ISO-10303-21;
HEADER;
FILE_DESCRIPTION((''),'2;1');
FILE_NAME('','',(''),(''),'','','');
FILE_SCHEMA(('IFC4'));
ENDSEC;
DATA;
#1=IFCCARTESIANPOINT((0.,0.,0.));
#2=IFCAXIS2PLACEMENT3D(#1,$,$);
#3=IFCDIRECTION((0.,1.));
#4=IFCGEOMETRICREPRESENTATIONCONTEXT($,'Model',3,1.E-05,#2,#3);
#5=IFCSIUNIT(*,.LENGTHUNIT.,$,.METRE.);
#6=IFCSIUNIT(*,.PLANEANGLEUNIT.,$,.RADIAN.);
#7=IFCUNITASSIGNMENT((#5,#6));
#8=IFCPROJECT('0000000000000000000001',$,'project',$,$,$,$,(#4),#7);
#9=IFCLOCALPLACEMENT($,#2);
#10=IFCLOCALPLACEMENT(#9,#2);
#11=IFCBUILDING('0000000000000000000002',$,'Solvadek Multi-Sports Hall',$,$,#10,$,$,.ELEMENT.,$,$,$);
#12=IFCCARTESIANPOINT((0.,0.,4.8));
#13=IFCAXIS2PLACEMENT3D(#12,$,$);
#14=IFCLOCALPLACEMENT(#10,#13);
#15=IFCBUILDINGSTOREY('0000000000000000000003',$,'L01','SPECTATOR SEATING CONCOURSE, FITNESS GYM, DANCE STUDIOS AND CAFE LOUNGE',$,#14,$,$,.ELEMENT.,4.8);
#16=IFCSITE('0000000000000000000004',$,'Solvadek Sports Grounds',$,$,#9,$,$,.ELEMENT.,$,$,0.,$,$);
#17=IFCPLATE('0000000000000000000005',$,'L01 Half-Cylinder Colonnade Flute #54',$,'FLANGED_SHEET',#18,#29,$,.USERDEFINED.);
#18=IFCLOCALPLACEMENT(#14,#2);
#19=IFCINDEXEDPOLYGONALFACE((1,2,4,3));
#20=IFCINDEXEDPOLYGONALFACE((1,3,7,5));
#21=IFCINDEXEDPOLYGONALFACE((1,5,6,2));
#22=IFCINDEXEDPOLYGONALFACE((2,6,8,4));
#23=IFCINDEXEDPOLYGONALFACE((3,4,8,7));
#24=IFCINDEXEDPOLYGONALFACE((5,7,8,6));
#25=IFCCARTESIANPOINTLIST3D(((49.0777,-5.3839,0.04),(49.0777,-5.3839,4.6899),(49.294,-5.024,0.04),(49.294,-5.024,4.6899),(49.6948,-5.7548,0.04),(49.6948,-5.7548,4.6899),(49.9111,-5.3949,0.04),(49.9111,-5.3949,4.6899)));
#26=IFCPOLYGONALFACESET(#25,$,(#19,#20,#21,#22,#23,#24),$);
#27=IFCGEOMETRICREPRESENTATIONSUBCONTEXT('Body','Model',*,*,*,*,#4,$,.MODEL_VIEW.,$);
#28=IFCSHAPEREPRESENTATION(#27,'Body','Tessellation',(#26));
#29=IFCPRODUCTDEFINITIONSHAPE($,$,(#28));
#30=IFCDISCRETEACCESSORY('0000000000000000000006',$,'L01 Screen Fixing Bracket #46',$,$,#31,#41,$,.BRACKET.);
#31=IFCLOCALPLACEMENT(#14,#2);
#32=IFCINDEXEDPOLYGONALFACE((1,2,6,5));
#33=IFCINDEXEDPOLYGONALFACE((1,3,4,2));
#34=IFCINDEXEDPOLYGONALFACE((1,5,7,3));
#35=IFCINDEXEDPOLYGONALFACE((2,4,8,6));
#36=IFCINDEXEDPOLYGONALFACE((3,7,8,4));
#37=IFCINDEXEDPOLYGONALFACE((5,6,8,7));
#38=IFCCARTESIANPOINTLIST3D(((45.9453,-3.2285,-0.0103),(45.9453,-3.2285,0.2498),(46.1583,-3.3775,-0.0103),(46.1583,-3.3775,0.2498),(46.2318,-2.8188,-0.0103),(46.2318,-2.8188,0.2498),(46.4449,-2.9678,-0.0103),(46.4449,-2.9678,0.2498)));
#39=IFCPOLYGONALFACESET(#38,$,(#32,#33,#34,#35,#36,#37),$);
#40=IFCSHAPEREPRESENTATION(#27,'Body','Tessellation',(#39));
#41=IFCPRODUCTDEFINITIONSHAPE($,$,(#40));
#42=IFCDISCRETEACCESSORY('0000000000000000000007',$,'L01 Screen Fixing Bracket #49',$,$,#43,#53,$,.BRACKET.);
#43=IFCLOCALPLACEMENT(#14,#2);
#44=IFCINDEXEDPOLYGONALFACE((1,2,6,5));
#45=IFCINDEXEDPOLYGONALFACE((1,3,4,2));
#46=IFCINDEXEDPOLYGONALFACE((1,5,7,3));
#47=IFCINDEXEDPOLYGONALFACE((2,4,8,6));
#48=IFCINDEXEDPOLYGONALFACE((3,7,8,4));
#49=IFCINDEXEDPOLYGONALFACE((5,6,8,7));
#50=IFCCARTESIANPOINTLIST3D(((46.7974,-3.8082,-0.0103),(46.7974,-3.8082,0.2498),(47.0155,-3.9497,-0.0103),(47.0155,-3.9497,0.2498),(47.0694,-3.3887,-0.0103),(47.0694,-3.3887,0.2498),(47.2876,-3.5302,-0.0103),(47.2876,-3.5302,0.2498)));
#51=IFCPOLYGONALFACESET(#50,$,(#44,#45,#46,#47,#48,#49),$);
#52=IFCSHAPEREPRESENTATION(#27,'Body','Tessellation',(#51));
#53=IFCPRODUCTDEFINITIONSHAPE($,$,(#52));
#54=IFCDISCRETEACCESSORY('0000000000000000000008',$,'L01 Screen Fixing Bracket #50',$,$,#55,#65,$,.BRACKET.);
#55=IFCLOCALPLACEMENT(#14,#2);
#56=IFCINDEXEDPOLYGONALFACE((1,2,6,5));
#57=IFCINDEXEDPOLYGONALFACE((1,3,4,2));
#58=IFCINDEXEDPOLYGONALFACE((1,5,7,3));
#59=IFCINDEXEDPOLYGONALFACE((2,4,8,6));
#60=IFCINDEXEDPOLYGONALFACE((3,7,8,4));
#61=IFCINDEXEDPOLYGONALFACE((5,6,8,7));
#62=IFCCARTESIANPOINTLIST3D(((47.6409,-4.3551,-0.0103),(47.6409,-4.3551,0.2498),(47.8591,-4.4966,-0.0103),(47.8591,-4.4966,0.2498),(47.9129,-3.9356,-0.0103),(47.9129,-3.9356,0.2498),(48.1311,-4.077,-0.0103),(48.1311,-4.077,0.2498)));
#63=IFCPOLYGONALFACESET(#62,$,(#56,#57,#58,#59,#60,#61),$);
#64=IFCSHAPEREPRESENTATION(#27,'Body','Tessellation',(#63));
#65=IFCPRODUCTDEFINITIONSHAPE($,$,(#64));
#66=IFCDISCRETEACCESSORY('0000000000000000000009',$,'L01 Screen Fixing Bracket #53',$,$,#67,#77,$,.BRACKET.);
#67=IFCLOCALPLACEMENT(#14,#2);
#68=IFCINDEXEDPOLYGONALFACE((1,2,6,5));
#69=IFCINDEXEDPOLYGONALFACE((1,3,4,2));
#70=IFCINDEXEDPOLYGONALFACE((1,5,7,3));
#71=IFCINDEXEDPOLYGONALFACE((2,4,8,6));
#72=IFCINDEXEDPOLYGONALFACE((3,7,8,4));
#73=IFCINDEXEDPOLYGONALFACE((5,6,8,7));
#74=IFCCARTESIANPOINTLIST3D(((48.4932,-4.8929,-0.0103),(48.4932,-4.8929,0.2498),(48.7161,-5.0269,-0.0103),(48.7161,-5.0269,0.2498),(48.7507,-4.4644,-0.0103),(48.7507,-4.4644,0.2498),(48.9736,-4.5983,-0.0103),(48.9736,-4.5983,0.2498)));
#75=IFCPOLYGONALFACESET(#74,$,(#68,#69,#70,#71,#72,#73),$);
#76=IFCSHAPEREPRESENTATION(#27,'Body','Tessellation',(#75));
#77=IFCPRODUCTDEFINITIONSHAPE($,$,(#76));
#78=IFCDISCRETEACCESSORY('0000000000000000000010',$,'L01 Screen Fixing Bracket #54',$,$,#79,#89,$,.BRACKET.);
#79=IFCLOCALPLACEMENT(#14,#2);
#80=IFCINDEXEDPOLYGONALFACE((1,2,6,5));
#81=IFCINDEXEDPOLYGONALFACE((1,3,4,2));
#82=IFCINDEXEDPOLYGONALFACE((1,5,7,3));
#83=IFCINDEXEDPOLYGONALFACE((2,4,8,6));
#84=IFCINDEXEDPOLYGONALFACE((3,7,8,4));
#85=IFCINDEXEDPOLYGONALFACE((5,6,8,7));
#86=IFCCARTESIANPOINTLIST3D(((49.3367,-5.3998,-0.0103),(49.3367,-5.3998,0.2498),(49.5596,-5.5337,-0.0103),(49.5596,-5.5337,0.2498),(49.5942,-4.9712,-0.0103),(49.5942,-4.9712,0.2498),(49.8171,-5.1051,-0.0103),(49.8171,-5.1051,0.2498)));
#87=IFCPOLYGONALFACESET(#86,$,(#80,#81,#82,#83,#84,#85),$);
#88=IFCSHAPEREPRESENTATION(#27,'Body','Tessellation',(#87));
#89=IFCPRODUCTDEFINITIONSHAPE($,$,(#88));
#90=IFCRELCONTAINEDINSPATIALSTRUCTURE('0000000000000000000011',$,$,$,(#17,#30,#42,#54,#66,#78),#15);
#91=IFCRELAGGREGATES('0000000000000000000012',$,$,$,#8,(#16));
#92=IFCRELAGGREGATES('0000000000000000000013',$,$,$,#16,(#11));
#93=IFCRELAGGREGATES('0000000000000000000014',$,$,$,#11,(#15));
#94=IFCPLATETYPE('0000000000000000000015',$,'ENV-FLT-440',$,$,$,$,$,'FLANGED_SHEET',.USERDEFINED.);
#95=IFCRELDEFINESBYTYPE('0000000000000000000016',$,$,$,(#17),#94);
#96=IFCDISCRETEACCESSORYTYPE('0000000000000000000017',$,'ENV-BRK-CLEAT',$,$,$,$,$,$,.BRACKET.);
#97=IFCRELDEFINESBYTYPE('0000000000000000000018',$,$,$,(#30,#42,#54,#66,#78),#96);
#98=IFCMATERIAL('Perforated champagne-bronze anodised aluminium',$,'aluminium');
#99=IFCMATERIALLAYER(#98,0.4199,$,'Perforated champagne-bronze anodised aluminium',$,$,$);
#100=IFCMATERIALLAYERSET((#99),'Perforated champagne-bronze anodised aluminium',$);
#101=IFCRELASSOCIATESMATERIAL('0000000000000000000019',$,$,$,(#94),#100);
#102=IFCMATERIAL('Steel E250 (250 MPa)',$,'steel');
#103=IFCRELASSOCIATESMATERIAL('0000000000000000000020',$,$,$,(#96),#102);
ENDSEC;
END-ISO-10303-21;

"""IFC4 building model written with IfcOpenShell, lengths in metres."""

from ifc_helpers import new_model, si_unit, direction, frame, origin, origin_2d, place, context, subcontext, project, spatial, rectangle, extrude, material, layer, layer_set, type_object, element, save


model = new_model("IFC4")

# Units and contexts
model_context = context("Model", 3, precision=1e-05, world=origin(), true_north=direction((0.0, 1.0)))
body_context = subcontext(model_context, "Body", "Model", "MODEL_VIEW")
ifc_project = project(units=[si_unit("LENGTHUNIT", "METRE"), si_unit("PLANEANGLEUNIT", "RADIAN")], contexts=[model_context])

# Site, building, storey
site_placement = place(None, origin())
site = spatial("IfcSite", under=ifc_project, at=site_placement, Name="Solvadek Sports Grounds", CompositionType="ELEMENT", RefElevation=0.0)
building_placement = place(site_placement, origin())
building = spatial("IfcBuilding", under=site, at=building_placement, Name="Solvadek Multi-Sports Hall", CompositionType="ELEMENT")
storey_placement = place(building_placement, frame((0.0, 0.0, 4.8)))
storey = spatial("IfcBuildingStorey", under=building, at=storey_placement, Name="L01", Description="SPECTATOR SEATING CONCOURSE, FITNESS GYM, DANCE STUDIOS AND CAFE LOUNGE", CompositionType="ELEMENT", Elevation=4.8)

# Shared definitions
ifc_material_1 = material(Name="Steel E250 (250 MPa)", Category="steel")

# Plate
ifc_material_2 = material(Name="Perforated champagne-bronze anodised aluminium", Category="aluminium")
ifc_layer_1 = layer(ifc_material_2, 0.4199, Name="Perforated champagne-bronze anodised aluminium")
ifc_layer_set_1 = layer_set([ifc_layer_1], Name="Perforated champagne-bronze anodised aluminium")
plate_type_1 = type_object("IfcPlateType", Name="ENV-FLT-440", ElementType="FLANGED_SHEET", PredefinedType="USERDEFINED", material=ifc_layer_set_1)
for number, where, z_axis, x_axis, name in (
    (1, (49.4944, -5.3894, 0.04), (0.0, 0.0, 1.0), (0.85713, -0.515101, 0.0), "L01 Half-Cylinder Colonnade Flute #54"),
):
    element("IfcPlate", number, at=place(storey_placement, frame(where, z_axis=z_axis, x_axis=x_axis)), inside=storey, type_object=plate_type_1, Name=name, ObjectType="FLANGED_SHEET", PredefinedType="USERDEFINED", context=body_context, shape_type="SweptSolid", body=[
        extrude(rectangle(XDim=0.72, YDim=0.4199, at=origin_2d()), origin(), (0.0, 0.0, 1.0), 4.6499),
    ])

# Discrete accessories
discrete_accessory_type = type_object("IfcDiscreteAccessoryType", Name="ENV-BRK-CLEAT", PredefinedType="BRACKET", material=ifc_material_1)
for number, where, z_axis, x_axis, name in (
    (2, (46.1951, -3.0981, -0.0103), (0.0, 0.0, 1.0), (0.819513, -0.573061, 0.0), "L01 Screen Fixing Bracket #46"),
    (3, (47.0425, -3.6692, -0.0103), (0.0, 0.0, 1.0), (0.839053, -0.544049, 0.0), "L01 Screen Fixing Bracket #49"),
    (4, (47.886, -4.2161, -0.0103), (0.0, 0.0, 1.0), (0.839053, -0.544049, 0.0), "L01 Screen Fixing Bracket #50"),
    (5, (48.7334, -4.7456, -0.0103), (0.0, 0.0, 1.0), (0.85713, -0.515101, 0.0), "L01 Screen Fixing Bracket #53"),
    (6, (49.5769, -5.2524, -0.0103), (0.0, 0.0, 1.0), (0.85713, -0.515101, 0.0), "L01 Screen Fixing Bracket #54"),
):
    element("IfcDiscreteAccessory", number, at=place(storey_placement, frame(where, z_axis=z_axis, x_axis=x_axis)), inside=storey, type_object=discrete_accessory_type, Name=name, PredefinedType="BRACKET", context=body_context, shape_type="SweptSolid", body=[
        extrude(rectangle(XDim=0.26, YDim=0.5, at=origin_2d()), origin(), (0.0, 0.0, 1.0), 0.26),
    ])

save(model, "model.ifc")
